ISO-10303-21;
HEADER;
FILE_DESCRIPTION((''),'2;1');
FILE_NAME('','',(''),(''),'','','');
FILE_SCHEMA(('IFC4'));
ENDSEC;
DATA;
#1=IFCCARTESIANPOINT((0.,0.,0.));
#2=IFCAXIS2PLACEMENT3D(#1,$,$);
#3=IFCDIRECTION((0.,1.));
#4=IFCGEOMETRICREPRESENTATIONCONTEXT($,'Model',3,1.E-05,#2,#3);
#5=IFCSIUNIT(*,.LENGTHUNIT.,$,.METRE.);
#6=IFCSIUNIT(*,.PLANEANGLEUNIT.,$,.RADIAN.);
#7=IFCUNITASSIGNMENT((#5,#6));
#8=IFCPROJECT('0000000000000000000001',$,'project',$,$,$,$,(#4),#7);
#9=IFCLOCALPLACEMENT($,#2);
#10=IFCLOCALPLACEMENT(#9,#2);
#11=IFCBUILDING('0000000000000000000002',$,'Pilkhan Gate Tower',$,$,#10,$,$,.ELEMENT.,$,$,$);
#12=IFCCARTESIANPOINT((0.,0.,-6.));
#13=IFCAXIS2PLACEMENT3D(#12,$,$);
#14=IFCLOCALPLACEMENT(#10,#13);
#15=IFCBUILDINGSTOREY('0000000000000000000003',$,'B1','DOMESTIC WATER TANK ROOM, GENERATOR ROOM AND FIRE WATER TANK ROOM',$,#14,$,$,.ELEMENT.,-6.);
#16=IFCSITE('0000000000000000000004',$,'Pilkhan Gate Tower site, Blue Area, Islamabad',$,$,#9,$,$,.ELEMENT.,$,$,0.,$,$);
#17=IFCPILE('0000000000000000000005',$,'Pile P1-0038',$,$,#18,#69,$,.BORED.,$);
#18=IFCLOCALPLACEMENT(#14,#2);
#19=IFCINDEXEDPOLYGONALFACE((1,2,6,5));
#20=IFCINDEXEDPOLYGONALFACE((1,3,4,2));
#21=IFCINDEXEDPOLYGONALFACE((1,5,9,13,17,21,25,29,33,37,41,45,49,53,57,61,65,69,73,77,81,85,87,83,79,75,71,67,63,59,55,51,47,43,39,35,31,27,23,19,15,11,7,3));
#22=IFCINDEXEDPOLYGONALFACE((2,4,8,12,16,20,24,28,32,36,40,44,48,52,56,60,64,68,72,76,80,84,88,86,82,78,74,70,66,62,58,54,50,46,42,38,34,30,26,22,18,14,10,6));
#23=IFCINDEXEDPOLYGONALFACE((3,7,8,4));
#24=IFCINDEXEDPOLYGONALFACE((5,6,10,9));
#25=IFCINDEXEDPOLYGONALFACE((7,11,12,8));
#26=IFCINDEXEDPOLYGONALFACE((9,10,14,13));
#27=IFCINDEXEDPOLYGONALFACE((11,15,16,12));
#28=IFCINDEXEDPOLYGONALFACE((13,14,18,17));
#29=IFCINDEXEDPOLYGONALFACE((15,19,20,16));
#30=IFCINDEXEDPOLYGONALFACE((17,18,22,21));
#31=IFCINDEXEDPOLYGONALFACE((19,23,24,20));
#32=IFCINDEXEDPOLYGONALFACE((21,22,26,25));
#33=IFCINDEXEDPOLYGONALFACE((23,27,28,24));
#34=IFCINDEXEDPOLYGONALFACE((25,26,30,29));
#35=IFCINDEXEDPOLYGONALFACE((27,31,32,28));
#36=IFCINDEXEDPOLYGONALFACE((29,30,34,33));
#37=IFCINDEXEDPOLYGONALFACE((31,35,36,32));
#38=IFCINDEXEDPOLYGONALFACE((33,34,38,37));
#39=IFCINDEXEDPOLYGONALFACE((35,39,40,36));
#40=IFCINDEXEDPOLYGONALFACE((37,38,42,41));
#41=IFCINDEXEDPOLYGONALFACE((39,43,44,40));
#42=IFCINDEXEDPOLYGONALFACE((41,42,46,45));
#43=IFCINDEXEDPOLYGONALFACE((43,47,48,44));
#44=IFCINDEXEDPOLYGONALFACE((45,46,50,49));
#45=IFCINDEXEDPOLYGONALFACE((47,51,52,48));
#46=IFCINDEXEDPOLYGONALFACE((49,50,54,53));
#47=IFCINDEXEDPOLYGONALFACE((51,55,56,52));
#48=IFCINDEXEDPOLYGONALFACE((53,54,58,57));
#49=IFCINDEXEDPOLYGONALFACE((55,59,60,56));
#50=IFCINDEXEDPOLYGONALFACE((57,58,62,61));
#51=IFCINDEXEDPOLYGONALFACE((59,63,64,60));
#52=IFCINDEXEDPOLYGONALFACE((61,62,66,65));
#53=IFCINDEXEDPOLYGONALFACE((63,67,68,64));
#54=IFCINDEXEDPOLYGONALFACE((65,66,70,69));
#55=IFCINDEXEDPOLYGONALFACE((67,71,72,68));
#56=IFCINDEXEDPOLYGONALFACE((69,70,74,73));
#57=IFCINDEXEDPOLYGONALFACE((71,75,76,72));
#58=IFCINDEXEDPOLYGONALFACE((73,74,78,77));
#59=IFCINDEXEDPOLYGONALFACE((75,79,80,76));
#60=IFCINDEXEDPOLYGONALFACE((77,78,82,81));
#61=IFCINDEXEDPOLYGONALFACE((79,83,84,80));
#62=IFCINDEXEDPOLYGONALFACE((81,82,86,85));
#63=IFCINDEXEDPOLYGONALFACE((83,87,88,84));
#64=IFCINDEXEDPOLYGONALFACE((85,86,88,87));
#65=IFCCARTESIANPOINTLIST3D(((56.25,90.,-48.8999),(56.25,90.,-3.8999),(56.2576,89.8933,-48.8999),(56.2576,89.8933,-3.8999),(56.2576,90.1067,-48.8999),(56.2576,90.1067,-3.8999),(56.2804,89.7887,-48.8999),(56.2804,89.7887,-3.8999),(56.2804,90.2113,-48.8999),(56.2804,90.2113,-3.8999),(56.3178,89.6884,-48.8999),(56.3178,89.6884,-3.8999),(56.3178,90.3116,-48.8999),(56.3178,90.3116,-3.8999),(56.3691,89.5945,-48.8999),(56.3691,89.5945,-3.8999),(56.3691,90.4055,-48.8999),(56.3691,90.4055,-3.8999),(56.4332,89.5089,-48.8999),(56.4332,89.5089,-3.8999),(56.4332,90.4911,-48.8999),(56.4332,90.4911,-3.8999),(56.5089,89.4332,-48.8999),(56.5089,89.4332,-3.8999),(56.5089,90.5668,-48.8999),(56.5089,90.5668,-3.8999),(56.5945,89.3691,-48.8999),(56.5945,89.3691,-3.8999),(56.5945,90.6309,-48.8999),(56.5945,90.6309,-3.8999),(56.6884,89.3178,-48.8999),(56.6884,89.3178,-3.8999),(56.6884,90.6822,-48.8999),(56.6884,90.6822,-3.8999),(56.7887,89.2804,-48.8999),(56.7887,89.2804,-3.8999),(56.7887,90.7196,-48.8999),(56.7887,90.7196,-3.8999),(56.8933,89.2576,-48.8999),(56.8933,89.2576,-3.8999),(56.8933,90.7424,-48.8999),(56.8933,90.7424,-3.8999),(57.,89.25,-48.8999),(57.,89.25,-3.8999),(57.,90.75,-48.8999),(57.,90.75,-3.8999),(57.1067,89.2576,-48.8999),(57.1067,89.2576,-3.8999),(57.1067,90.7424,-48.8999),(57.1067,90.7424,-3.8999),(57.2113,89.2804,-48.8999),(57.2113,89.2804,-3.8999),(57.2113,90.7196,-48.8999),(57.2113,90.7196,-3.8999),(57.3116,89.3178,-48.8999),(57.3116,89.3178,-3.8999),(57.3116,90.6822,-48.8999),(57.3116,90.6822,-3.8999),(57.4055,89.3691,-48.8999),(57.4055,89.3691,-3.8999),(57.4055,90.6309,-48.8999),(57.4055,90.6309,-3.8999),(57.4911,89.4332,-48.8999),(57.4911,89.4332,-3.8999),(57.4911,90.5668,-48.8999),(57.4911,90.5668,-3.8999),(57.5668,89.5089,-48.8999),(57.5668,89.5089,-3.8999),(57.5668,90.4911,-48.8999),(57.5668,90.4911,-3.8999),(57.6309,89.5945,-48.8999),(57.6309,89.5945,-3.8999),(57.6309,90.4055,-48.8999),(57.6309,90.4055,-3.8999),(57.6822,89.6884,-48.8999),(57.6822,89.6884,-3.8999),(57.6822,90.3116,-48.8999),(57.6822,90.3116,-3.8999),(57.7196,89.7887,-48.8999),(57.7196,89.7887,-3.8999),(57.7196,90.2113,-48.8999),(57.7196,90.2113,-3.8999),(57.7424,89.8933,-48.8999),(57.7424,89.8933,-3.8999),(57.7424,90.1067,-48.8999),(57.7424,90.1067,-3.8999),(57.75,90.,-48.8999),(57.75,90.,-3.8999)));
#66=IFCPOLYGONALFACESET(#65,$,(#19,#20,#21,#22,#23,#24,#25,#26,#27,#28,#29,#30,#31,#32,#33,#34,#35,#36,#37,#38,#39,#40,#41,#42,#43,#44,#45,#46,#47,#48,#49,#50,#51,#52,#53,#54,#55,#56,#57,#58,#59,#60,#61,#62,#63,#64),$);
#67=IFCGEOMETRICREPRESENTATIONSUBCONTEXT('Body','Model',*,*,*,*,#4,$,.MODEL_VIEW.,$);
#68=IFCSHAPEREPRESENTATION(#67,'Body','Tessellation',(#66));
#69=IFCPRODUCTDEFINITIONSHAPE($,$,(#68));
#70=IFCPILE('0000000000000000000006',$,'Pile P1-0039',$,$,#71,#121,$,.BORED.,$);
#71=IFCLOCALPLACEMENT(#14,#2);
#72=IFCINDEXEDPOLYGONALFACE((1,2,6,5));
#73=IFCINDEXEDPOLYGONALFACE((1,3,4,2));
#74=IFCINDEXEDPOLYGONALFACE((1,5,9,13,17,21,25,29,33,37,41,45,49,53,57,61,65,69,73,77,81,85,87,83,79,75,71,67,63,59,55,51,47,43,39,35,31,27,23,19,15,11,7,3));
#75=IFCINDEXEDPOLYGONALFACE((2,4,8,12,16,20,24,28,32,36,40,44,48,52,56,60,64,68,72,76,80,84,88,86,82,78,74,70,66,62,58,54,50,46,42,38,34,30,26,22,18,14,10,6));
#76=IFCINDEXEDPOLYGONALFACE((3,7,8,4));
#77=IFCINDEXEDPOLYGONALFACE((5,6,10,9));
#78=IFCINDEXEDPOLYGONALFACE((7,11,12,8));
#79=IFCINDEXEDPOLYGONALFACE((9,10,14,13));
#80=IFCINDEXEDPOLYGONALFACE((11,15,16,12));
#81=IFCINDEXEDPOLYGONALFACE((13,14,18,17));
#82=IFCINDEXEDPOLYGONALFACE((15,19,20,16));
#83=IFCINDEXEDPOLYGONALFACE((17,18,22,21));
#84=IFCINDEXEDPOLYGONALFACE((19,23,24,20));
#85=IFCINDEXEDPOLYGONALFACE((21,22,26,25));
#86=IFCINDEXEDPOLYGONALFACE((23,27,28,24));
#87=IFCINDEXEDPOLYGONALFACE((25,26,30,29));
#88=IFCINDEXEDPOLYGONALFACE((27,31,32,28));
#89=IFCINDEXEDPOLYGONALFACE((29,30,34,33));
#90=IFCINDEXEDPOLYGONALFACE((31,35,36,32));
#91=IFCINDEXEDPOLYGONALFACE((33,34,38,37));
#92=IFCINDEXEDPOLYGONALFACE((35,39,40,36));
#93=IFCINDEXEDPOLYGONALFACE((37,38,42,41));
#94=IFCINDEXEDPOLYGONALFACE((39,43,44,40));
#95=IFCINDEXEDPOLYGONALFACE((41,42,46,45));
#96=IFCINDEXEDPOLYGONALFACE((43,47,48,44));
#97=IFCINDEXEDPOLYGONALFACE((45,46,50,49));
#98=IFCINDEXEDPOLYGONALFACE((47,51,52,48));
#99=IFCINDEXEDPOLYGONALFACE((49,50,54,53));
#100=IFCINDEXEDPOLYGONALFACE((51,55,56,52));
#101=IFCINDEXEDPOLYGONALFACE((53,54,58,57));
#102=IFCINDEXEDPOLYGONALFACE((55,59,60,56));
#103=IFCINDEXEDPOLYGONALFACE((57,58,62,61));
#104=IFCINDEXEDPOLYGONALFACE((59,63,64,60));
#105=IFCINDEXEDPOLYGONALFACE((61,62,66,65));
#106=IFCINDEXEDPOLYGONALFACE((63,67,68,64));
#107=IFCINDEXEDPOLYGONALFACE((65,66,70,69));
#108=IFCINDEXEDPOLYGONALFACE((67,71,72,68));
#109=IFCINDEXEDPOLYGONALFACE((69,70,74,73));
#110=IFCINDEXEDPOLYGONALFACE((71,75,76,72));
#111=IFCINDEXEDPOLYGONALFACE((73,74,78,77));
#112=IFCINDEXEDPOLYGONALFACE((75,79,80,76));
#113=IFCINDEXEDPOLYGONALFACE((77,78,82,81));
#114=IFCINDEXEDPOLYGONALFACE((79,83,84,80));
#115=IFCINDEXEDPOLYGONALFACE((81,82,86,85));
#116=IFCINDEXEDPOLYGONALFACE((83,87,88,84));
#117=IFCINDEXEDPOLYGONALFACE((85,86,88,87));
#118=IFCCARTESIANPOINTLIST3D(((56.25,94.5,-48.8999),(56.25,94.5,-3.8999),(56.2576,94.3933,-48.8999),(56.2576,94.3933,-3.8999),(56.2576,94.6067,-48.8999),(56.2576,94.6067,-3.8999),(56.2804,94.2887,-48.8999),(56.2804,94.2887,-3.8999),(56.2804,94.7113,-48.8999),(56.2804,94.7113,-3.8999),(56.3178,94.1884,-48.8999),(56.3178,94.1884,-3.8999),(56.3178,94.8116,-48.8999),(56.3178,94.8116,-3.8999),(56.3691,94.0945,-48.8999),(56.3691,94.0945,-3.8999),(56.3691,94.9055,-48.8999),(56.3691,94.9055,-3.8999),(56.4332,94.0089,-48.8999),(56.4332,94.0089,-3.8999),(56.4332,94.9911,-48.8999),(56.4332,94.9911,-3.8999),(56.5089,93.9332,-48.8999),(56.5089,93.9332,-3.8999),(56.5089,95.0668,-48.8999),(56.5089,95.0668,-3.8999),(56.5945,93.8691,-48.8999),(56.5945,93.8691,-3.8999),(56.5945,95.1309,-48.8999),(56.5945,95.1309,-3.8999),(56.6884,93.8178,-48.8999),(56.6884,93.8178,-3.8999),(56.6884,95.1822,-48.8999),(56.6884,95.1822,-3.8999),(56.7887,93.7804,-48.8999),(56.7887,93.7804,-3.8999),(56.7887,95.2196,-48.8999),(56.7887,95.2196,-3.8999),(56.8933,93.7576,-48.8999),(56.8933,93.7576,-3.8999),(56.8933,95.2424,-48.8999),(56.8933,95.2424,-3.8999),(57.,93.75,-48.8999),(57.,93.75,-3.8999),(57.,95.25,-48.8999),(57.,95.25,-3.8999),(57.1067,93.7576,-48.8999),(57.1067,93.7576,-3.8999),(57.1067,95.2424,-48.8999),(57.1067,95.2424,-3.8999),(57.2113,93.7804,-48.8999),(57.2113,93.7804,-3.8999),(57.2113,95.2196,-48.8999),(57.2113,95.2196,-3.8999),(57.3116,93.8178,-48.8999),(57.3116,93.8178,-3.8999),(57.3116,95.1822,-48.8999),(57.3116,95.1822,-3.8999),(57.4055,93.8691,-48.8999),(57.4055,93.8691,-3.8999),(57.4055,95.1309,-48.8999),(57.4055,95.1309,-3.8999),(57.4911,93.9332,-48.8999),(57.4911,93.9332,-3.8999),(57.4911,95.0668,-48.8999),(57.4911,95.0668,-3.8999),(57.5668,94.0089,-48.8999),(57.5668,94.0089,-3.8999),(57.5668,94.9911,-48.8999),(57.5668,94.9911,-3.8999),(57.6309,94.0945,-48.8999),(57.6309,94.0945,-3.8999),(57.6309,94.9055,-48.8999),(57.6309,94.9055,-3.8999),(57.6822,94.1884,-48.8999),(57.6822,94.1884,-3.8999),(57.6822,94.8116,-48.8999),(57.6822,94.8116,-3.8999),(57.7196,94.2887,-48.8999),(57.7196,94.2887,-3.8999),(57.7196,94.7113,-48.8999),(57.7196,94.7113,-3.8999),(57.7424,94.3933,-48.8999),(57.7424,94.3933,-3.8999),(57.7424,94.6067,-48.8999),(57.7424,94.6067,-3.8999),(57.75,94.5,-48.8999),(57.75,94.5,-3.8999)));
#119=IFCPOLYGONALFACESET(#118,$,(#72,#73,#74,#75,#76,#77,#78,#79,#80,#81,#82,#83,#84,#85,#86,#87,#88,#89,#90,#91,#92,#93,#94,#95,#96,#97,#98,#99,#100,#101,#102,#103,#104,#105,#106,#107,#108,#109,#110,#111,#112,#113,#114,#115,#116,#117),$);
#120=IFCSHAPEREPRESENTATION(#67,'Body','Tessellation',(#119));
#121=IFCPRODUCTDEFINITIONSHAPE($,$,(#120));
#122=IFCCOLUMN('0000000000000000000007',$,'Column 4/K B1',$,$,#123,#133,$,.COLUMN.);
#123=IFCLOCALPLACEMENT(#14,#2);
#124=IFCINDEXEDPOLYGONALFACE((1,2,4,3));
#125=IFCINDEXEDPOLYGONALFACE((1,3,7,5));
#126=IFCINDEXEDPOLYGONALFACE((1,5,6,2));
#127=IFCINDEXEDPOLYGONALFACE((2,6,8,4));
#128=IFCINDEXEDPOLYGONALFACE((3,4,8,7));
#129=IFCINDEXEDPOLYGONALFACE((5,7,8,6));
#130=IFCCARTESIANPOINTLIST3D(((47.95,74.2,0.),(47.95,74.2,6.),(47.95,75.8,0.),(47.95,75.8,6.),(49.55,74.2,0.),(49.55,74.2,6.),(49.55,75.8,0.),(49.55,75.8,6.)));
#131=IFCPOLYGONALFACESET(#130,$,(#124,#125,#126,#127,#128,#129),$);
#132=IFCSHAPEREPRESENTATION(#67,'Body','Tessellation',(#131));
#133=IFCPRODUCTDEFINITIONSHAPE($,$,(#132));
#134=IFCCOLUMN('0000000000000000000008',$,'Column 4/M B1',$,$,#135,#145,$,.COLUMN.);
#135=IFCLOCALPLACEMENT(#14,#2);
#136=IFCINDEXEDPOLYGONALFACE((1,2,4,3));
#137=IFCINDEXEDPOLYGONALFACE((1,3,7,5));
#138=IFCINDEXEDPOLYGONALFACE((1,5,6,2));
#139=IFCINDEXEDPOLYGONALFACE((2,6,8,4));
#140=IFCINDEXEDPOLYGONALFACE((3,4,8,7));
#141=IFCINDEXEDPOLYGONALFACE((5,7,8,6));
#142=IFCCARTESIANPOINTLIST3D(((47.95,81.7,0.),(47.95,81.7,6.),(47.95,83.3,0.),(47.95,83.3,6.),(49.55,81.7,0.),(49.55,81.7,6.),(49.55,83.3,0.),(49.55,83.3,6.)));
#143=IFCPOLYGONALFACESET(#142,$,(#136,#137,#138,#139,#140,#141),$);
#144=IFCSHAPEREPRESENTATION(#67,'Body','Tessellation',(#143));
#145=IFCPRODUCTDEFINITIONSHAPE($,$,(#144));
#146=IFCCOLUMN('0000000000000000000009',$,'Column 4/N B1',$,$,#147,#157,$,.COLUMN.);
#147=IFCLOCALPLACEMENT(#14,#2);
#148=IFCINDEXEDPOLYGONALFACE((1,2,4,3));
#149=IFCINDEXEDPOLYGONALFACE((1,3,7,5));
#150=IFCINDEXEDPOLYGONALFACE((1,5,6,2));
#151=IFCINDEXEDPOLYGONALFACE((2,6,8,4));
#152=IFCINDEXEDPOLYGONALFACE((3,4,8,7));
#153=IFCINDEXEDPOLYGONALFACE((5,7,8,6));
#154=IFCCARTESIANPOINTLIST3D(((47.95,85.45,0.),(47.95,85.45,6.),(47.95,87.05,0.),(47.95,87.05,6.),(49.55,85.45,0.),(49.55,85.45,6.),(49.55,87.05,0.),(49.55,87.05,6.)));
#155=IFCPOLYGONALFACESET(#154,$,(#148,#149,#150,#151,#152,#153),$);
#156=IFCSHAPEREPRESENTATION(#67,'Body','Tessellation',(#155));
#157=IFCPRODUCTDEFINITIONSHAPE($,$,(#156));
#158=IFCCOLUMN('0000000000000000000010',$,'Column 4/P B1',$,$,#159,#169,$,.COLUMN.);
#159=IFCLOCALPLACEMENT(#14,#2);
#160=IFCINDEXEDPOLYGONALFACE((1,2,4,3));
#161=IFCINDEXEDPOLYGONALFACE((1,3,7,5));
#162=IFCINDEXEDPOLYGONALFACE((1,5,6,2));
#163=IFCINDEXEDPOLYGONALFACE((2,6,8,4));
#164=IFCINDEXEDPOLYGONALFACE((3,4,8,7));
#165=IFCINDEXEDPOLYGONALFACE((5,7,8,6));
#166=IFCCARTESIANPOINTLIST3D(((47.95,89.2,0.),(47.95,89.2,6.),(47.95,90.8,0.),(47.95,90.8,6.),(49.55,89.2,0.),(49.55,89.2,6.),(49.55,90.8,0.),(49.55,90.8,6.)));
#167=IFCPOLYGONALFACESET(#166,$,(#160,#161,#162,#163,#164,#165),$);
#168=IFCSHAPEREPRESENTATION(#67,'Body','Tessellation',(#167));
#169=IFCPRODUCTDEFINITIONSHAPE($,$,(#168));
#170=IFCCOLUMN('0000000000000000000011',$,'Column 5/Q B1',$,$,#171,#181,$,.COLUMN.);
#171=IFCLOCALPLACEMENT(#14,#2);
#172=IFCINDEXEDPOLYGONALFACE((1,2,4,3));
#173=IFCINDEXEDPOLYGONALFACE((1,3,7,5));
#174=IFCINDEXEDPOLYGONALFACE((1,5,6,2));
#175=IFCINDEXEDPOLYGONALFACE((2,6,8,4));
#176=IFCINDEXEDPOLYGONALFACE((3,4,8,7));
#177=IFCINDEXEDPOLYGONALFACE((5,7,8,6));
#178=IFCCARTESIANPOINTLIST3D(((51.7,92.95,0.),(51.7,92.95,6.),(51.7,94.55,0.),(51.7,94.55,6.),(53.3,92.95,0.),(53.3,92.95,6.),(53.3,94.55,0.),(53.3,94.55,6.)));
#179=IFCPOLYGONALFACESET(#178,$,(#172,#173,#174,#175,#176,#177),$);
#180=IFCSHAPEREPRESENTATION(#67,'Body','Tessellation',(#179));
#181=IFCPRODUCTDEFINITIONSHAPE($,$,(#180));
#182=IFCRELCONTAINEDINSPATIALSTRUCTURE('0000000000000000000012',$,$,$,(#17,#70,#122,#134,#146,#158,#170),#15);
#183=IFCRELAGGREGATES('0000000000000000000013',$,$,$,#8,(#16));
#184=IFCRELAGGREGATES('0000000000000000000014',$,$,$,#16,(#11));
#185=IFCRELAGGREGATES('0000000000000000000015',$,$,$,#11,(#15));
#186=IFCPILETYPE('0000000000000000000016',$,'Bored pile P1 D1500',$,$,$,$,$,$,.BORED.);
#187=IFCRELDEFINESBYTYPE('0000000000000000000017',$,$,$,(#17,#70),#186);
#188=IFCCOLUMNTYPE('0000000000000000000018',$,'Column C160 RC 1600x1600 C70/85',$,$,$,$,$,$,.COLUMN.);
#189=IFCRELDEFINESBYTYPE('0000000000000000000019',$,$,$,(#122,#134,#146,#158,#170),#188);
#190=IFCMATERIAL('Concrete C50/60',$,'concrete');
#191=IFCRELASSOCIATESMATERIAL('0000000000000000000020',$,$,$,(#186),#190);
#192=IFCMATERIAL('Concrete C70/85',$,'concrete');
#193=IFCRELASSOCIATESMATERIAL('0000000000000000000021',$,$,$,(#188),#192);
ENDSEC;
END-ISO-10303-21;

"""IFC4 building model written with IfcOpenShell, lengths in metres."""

from ifc_helpers import new_model, si_unit, direction, frame, origin, origin_2d, place, context, subcontext, project, spatial, rectangle, circle, extrude, material, material_profile, profile_set, type_object, element, save


model = new_model("IFC4")

# Units and contexts
model_context = context("Model", 3, precision=1e-05, world=origin(), true_north=direction((0.0, 1.0)))
body_context = subcontext(model_context, "Body", "Model", "MODEL_VIEW")
ifc_project = project(units=[si_unit("LENGTHUNIT", "METRE"), si_unit("PLANEANGLEUNIT", "RADIAN")], contexts=[model_context])

# Site, building, storey
site_placement = place(None, origin())
site = spatial("IfcSite", under=ifc_project, at=site_placement, Name="Pilkhan Gate Tower site, Blue Area, Islamabad", CompositionType="ELEMENT", RefElevation=0.0)
building_placement = place(site_placement, origin())
building = spatial("IfcBuilding", under=site, at=building_placement, Name="Pilkhan Gate Tower", CompositionType="ELEMENT")
storey_placement = place(building_placement, frame((0.0, 0.0, -6.0)))
storey = spatial("IfcBuildingStorey", under=building, at=storey_placement, Name="B1", Description="DOMESTIC WATER TANK ROOM, GENERATOR ROOM AND FIRE WATER TANK ROOM", CompositionType="ELEMENT", Elevation=-6.0)

# Piles
ifc_material_1 = material(Name="Concrete C50/60", Category="concrete")
ifc_material_profile_1 = material_profile(ifc_material_1, circle(Radius=0.75, at=origin_2d()), Name="Bored pile 1500 dia")
ifc_profile_set_1 = profile_set([ifc_material_profile_1], Name="Concrete C50/60")
pile_type = type_object("IfcPileType", Name="Bored pile P1 D1500", PredefinedType="BORED", material=ifc_profile_set_1)
for number, where, z_axis, x_axis, name in (
    (1, (57.0, 90.0, -3.8999), (0.0, 0.0, -1.0), (1.0, 0.0, 0.0), "Pile P1-0038"),
    (2, (57.0, 94.5, -3.8999), (0.0, 0.0, -1.0), (1.0, 0.0, 0.0), "Pile P1-0039"),
):
    element("IfcPile", number, at=place(storey_placement, frame(where, z_axis=z_axis, x_axis=x_axis)), inside=storey, type_object=pile_type, Name=name, PredefinedType="BORED", context=body_context, shape_type="SweptSolid", body=[
        extrude(circle(Radius=0.75, at=origin_2d()), origin(), (0.0, 0.0, 1.0), 45.0),
    ])

# Columns
ifc_material_2 = material(Name="Concrete C70/85", Category="concrete")
ifc_material_profile_2 = material_profile(ifc_material_2, rectangle(XDim=1.6001, YDim=1.6001, at=origin_2d()), Name="RC 1600x1600")
ifc_profile_set_2 = profile_set([ifc_material_profile_2], Name="Concrete C70/85")
column_type = type_object("IfcColumnType", Name="Column C160 RC 1600x1600 C70/85", PredefinedType="COLUMN", material=ifc_profile_set_2)
for number, where, z_axis, x_axis, name in (
    (3, (48.75, 75.0, 0.0), (0.0, 0.0, 1.0), (1.0, 0.0, 0.0), "Column 4/K B1"),
    (4, (48.75, 82.5, 0.0), (0.0, 0.0, 1.0), (1.0, 0.0, 0.0), "Column 4/M B1"),
    (5, (48.75, 86.25, 0.0), (0.0, 0.0, 1.0), (1.0, 0.0, 0.0), "Column 4/N B1"),
    (6, (48.75, 90.0, 0.0), (0.0, 0.0, 1.0), (1.0, 0.0, 0.0), "Column 4/P B1"),
    (7, (52.5, 93.75, 0.0), (0.0, 0.0, 1.0), (1.0, 0.0, 0.0), "Column 5/Q B1"),
):
    element("IfcColumn", number, at=place(storey_placement, frame(where, z_axis=z_axis, x_axis=x_axis)), inside=storey, type_object=column_type, Name=name, PredefinedType="COLUMN", context=body_context, shape_type="SweptSolid", body=[
        extrude(rectangle(XDim=1.6001, YDim=1.6001, at=origin_2d()), origin(), (0.0, 0.0, 1.0), 6.0),
    ])

save(model, "model.ifc")
